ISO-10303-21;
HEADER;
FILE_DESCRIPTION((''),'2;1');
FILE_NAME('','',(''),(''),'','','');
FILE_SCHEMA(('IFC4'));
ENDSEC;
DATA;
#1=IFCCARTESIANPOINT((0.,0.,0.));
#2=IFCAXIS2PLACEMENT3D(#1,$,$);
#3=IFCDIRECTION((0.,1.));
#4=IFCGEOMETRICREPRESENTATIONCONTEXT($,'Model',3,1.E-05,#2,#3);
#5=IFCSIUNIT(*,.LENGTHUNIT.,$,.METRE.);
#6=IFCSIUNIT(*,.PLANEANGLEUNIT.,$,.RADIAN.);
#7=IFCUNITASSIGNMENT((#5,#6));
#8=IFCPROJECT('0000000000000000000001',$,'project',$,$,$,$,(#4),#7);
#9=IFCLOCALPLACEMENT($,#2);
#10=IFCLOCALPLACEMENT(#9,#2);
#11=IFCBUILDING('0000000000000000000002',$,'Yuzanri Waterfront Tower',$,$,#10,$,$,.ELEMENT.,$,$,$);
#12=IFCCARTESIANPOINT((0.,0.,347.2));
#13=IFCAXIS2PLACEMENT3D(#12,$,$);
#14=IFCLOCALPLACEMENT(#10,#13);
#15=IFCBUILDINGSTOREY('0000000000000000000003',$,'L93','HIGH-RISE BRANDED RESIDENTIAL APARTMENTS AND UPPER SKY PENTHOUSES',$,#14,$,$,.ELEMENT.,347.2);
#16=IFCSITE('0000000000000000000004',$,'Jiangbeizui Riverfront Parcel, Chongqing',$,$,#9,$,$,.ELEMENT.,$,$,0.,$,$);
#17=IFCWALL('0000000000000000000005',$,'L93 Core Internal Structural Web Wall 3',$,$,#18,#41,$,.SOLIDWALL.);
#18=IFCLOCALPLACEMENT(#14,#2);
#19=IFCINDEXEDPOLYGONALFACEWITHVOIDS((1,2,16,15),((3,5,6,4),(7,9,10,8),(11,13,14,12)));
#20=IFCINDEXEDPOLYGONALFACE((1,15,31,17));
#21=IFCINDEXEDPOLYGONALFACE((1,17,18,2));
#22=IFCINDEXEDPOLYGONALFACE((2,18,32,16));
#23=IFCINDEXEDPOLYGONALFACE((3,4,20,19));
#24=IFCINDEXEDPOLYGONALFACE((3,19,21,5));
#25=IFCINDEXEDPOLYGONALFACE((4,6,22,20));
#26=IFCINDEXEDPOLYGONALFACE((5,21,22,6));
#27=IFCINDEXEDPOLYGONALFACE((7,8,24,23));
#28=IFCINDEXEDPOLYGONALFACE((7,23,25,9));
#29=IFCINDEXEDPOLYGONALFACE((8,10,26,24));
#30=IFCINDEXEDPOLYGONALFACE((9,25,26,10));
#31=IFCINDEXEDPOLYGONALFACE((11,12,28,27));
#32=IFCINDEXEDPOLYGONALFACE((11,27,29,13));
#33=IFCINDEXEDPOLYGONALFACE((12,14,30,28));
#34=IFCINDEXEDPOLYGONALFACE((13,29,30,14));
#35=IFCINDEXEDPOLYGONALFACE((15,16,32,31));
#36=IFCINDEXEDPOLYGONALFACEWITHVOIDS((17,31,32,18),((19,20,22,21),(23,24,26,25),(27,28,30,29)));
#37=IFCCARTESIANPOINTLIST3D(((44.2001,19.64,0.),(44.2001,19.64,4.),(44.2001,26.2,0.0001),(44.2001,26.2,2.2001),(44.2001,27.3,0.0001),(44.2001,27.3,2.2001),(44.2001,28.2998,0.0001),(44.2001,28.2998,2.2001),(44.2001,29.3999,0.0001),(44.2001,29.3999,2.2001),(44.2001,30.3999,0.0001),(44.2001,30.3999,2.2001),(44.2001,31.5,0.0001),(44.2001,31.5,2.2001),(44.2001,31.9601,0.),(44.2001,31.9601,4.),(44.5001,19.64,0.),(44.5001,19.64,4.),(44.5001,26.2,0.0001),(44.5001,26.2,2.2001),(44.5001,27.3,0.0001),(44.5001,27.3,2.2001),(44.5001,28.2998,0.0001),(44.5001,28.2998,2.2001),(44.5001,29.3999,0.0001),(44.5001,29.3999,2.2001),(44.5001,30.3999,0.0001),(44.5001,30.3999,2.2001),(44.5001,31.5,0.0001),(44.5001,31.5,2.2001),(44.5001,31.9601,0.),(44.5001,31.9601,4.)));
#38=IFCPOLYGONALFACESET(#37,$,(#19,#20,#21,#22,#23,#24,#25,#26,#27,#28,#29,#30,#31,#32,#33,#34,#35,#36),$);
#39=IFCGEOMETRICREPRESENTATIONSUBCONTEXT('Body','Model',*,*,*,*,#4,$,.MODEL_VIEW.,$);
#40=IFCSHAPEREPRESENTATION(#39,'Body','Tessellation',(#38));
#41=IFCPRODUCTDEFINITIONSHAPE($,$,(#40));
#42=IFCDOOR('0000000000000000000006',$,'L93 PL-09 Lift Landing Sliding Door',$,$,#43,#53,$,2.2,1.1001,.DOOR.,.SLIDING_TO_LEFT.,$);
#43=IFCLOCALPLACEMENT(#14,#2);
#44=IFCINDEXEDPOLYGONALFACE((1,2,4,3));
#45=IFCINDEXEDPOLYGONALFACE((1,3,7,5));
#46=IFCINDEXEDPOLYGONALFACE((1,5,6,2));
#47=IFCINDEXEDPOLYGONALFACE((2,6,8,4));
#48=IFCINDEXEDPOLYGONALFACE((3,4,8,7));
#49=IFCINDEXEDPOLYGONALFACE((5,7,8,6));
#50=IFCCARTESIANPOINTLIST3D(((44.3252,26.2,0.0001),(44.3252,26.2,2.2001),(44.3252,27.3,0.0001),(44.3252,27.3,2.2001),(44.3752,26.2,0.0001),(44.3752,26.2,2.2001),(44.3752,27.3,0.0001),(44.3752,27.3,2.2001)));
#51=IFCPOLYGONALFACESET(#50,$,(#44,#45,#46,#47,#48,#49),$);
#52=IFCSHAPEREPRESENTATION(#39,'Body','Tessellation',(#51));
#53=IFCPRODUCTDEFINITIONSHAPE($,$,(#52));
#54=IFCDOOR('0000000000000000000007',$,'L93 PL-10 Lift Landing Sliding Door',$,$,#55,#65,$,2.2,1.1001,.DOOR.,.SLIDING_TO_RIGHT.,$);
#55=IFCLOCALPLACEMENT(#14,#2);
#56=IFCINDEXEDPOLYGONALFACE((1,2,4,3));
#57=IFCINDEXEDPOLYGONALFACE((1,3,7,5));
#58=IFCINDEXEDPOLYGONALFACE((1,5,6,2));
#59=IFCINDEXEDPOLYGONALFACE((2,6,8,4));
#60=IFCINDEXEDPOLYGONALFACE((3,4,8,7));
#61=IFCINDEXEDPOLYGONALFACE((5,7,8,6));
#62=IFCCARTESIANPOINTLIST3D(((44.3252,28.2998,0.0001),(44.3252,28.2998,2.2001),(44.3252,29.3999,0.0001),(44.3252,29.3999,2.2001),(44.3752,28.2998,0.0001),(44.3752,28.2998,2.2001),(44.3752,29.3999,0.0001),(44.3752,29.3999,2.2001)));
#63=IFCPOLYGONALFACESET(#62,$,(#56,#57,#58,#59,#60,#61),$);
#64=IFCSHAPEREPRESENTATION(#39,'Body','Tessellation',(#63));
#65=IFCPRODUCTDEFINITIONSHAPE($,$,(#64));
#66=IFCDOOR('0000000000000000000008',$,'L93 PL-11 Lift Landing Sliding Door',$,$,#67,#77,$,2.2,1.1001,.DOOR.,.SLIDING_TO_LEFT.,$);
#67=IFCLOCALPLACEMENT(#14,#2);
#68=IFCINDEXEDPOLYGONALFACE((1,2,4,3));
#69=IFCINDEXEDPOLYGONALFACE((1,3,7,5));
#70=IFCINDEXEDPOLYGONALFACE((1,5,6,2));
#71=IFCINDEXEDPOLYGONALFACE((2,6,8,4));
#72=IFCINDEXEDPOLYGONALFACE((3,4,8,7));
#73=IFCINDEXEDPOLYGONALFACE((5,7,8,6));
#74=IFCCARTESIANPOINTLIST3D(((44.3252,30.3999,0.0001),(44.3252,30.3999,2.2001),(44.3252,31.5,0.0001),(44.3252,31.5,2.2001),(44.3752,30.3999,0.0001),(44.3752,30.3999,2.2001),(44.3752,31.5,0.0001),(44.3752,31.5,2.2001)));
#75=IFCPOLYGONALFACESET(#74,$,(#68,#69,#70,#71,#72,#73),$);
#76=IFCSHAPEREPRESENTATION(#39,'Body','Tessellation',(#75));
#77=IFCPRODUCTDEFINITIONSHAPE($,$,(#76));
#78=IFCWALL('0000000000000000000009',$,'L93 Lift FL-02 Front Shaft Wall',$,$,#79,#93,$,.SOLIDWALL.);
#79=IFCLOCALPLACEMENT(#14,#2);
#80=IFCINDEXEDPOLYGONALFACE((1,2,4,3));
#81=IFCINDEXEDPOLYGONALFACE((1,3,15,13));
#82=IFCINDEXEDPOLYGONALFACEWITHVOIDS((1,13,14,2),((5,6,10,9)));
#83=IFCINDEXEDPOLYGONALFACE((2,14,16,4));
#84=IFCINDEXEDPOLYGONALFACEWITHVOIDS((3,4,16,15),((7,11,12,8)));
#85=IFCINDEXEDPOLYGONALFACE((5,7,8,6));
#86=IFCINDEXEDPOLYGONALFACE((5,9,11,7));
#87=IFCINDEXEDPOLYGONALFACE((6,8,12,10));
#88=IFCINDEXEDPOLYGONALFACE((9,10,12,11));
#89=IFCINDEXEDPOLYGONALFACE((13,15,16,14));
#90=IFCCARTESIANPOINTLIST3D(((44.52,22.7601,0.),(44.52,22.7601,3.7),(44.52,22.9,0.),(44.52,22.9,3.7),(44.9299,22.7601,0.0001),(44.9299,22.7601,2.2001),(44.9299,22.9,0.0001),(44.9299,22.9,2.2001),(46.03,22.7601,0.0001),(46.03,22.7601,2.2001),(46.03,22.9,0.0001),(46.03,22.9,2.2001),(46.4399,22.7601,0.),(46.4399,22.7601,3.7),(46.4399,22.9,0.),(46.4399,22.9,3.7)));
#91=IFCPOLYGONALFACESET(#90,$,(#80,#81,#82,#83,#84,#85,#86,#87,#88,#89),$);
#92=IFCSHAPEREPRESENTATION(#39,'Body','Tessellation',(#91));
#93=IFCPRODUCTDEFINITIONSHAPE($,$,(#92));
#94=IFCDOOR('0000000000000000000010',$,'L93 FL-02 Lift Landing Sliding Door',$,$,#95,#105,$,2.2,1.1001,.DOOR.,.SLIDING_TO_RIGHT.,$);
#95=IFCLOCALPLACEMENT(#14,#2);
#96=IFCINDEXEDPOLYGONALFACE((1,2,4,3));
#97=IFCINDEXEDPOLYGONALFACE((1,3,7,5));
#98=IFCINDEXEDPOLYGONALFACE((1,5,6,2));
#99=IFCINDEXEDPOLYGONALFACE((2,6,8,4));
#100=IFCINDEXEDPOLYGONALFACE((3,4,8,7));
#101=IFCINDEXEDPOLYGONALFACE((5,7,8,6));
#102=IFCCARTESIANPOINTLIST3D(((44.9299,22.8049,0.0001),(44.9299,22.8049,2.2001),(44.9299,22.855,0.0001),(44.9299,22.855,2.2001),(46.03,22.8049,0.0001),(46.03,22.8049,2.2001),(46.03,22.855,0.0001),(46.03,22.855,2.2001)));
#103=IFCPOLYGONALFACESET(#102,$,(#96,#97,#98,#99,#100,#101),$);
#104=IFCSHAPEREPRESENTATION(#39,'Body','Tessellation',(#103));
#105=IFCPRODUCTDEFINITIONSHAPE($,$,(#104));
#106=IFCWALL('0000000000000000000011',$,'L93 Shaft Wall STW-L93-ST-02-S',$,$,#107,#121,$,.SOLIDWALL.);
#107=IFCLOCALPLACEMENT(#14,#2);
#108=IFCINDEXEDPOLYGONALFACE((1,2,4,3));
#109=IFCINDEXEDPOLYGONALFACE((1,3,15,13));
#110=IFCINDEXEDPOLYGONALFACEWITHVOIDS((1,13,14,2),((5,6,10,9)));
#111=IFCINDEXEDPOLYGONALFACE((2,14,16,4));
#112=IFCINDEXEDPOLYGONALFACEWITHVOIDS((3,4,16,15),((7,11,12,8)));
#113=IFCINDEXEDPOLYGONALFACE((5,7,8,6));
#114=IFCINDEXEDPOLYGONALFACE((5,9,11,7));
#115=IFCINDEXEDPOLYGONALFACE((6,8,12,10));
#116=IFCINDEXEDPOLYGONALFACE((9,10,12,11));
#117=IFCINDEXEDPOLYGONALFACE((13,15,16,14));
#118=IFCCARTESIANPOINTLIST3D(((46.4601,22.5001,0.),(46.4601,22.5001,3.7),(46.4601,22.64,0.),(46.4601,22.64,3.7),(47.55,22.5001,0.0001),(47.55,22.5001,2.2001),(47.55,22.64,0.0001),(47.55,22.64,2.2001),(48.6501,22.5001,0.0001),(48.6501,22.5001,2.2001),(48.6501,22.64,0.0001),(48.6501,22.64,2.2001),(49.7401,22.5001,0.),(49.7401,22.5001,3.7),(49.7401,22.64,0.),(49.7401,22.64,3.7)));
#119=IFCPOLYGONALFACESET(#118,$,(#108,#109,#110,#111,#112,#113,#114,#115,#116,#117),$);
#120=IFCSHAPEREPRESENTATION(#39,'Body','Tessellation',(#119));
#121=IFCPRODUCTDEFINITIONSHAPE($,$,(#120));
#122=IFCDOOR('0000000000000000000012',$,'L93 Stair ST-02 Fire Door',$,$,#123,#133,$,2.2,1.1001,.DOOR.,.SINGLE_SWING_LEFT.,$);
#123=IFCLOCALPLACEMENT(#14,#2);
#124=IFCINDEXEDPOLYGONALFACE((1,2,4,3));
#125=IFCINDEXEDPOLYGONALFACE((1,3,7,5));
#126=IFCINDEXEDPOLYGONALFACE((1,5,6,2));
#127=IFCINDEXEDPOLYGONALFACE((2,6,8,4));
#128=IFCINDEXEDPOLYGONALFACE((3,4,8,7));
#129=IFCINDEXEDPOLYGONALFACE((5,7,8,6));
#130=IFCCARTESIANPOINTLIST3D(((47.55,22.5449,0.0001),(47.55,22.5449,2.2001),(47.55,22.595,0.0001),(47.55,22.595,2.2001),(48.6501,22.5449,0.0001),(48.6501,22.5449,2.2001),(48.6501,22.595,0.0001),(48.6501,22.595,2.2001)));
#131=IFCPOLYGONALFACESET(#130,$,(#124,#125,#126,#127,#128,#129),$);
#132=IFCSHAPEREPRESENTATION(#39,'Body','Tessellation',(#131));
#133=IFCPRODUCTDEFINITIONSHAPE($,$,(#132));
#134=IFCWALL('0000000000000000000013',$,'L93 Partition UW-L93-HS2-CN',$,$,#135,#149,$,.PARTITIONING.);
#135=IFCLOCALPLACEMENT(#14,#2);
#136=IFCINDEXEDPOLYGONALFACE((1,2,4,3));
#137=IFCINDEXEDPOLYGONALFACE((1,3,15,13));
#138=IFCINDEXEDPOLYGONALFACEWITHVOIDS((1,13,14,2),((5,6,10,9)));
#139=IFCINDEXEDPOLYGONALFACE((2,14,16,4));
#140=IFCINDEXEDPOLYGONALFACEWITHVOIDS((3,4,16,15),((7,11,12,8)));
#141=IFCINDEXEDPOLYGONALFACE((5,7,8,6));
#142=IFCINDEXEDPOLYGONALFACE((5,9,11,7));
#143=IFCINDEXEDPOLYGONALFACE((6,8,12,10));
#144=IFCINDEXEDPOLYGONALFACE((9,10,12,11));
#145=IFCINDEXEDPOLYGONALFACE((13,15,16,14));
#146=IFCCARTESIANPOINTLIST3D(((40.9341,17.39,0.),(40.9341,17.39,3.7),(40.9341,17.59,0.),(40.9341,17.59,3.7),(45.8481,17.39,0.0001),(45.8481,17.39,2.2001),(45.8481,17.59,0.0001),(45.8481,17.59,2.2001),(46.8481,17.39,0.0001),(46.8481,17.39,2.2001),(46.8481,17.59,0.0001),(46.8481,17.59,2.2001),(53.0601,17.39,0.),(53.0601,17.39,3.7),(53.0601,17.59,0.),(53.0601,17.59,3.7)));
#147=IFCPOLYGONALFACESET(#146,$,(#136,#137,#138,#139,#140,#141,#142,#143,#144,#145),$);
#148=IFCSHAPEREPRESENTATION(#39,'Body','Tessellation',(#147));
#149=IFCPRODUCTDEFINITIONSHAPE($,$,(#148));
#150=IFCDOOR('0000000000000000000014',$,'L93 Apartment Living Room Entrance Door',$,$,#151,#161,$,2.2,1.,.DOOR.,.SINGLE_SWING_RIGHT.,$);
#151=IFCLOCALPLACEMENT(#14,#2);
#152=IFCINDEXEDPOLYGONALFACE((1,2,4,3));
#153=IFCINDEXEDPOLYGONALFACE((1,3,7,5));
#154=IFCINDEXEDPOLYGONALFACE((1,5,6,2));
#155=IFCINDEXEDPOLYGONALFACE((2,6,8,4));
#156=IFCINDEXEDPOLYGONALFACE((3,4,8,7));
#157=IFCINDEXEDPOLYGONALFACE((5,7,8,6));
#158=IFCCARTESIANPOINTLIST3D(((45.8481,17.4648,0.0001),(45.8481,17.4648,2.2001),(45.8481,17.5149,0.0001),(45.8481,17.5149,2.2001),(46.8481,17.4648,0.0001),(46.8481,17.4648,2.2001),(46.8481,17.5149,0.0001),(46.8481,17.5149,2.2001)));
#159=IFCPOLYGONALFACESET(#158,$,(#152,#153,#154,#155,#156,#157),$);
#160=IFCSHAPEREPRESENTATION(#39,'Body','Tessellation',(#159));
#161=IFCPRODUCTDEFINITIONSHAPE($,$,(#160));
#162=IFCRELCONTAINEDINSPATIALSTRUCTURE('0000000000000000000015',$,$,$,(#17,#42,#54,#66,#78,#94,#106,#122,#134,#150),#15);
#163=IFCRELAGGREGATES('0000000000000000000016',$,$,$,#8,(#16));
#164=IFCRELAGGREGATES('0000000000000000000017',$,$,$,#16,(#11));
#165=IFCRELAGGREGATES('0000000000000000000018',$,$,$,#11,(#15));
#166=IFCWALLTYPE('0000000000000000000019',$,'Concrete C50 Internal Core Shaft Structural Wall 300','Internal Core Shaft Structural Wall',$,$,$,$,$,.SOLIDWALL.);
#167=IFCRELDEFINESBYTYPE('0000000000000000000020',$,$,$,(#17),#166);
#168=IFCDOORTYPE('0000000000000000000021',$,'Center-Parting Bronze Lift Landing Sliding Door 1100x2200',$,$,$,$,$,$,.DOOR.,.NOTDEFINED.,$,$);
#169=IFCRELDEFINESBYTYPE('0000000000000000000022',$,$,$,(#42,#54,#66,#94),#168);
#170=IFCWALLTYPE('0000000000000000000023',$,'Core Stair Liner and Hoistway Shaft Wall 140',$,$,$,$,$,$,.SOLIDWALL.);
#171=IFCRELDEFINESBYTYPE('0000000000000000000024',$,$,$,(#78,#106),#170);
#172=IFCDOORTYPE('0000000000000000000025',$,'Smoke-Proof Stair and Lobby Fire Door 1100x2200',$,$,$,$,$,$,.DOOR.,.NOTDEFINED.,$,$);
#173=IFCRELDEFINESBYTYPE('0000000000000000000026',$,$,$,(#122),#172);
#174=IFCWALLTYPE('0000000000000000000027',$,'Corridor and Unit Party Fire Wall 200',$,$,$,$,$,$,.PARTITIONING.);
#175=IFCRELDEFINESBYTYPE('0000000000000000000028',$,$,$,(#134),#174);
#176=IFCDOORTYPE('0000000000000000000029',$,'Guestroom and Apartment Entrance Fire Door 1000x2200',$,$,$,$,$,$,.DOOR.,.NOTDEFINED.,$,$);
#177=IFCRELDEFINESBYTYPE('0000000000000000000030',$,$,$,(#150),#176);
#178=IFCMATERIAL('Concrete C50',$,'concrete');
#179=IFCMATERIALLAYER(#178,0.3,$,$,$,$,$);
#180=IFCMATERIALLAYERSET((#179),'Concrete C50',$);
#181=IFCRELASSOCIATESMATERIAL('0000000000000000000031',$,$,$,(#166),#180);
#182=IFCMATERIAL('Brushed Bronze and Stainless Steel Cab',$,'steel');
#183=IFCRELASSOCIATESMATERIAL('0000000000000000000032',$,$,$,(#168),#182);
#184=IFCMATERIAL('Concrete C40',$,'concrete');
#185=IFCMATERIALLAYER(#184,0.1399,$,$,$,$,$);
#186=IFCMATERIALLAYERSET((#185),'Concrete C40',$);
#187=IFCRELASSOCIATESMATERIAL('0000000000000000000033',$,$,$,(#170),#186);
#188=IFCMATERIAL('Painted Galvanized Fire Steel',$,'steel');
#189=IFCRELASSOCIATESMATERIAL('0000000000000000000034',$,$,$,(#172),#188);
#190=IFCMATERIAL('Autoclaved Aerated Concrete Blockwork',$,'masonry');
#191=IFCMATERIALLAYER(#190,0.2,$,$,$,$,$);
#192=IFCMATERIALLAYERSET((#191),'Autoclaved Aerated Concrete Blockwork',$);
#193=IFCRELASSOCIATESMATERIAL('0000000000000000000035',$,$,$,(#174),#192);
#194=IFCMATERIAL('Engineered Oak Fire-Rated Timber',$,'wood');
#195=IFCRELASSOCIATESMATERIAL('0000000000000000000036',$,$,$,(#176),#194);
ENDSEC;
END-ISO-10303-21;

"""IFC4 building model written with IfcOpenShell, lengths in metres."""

from ifc_helpers import new_model, si_unit, direction, frame, frame_2d, origin, place, context, subcontext, project, spatial, rectangle, extrude, source, transform, mapped, material, layer, layer_set, type_object, element, fill, save


model = new_model("IFC4")

# Units and contexts
model_context = context("Model", 3, precision=1e-05, world=origin(), true_north=direction((0.0, 1.0)))
body_context = subcontext(model_context, "Body", "Model", "MODEL_VIEW")
ifc_project = project(units=[si_unit("LENGTHUNIT", "METRE"), si_unit("PLANEANGLEUNIT", "RADIAN")], contexts=[model_context])

# Site, building, storey
site_placement = place(None, origin())
site = spatial("IfcSite", under=ifc_project, at=site_placement, Name="Jiangbeizui Riverfront Parcel, Chongqing", CompositionType="ELEMENT", RefElevation=0.0)
building_placement = place(site_placement, origin())
building = spatial("IfcBuilding", under=site, at=building_placement, Name="Yuzanri Waterfront Tower", CompositionType="ELEMENT")
storey_placement = place(building_placement, frame((0.0, 0.0, 347.2)))
storey = spatial("IfcBuildingStorey", under=building, at=storey_placement, Name="L93", Description="HIGH-RISE BRANDED RESIDENTIAL APARTMENTS AND UPPER SKY PENTHOUSES", CompositionType="ELEMENT", Elevation=347.2)

# Wall, openings, doors
ifc_material_1 = material(Name="Concrete C50", Category="concrete")
ifc_layer_1 = layer(ifc_material_1, 0.3)
ifc_layer_set_1 = layer_set([ifc_layer_1], Name="Concrete C50")
wall_type_1 = type_object("IfcWallType", Name="Concrete C50 Internal Core Shaft Structural Wall 300", Description="Internal Core Shaft Structural Wall", PredefinedType="SOLIDWALL", material=ifc_layer_set_1)
wall_1_placement = place(storey_placement, frame((44.3501, 19.6399, 0.0), z_axis=(0.0, 0.0, 1.0), x_axis=(0.0, 1.0, 0.0)))
wall_1 = element("IfcWall", 1, at=wall_1_placement, inside=storey, type_object=wall_type_1, Name="L93 Core Internal Structural Web Wall 3", PredefinedType="SOLIDWALL", context=body_context, shape_type="SweptSolid", body=[
    extrude(rectangle(XDim=12.3201, YDim=0.3, at=frame_2d((6.1602, 0.0))), origin(), (0.0, 0.0, 1.0), 4.0),
])
opening_1_placement = place(wall_1_placement, frame((6.5601, 0.0, 0.0)))
opening_1 = element("IfcOpeningElement", 2, at=opening_1_placement, cuts=wall_1, PredefinedType="OPENING", context=body_context, shape_type="SweptSolid", body=[
    extrude(rectangle(XDim=1.1001, YDim=2.2, at=frame_2d((0.55, 1.1001))), frame((0.0, 0.165, 0.0), z_axis=(0.0, -1.0, 0.0), x_axis=(1.0, 0.0, 0.0)), (0.0, 0.0, 1.0), 0.3298),
])
opening_2_placement = place(wall_1_placement, frame((8.6599, 0.0, 0.0)))
opening_2 = element("IfcOpeningElement", 3, at=opening_2_placement, cuts=wall_1, PredefinedType="OPENING", context=body_context, shape_type="SweptSolid", body=[
    extrude(rectangle(XDim=1.1001, YDim=2.2, at=frame_2d((0.55, 1.1001))), frame((0.0, 0.165, 0.0), z_axis=(0.0, -1.0, 0.0), x_axis=(1.0, 0.0, 0.0)), (0.0, 0.0, 1.0), 0.3298),
])
opening_3_placement = place(wall_1_placement, frame((10.76, 0.0, 0.0)))
opening_3 = element("IfcOpeningElement", 4, at=opening_3_placement, cuts=wall_1, PredefinedType="OPENING", context=body_context, shape_type="SweptSolid", body=[
    extrude(rectangle(XDim=1.1001, YDim=2.2, at=frame_2d((0.55, 1.1001))), frame((0.0, 0.165, 0.0), z_axis=(0.0, -1.0, 0.0), x_axis=(1.0, 0.0, 0.0)), (0.0, 0.0, 1.0), 0.3298),
])
ifc_material_2 = material(Name="Brushed Bronze and Stainless Steel Cab", Category="steel")
door_type_1 = type_object("IfcDoorType", Name="Center-Parting Bronze Lift Landing Sliding Door 1100x2200", OperationType="NOTDEFINED", PredefinedType="DOOR", material=ifc_material_2)
shared_shape_1 = source(origin(), body_context, "Body", "SweptSolid", [
    extrude(rectangle(XDim=1.1001, YDim=2.2, at=frame_2d((0.55, 1.1001))), frame((0.0, 0.0249, 0.0), z_axis=(0.0, -1.0, 0.0), x_axis=(1.0, 0.0, 0.0)), (0.0, 0.0, 1.0), 0.05),
])
door_1_placement = place(opening_1_placement, origin())
door_1 = element("IfcDoor", 5, at=door_1_placement, inside=storey, type_object=door_type_1, Name="L93 PL-09 Lift Landing Sliding Door", OperationType="SLIDING_TO_LEFT", OverallHeight=2.2, OverallWidth=1.1001, PredefinedType="DOOR", context=body_context, shape_type="MappedRepresentation", body=[
    mapped(shared_shape_1, transform((0.0, 0.0, 0.0), scale=1.0)),
])
fill(opening_1, door_1)
door_2_placement = place(opening_2_placement, origin())
door_2 = element("IfcDoor", 6, at=door_2_placement, inside=storey, type_object=door_type_1, Name="L93 PL-10 Lift Landing Sliding Door", OperationType="SLIDING_TO_RIGHT", OverallHeight=2.2, OverallWidth=1.1001, PredefinedType="DOOR", context=body_context, shape_type="MappedRepresentation", body=[
    mapped(shared_shape_1, transform((0.0, 0.0, 0.0), scale=1.0)),
])
fill(opening_2, door_2)
door_3_placement = place(opening_3_placement, origin())
door_3 = element("IfcDoor", 7, at=door_3_placement, inside=storey, type_object=door_type_1, Name="L93 PL-11 Lift Landing Sliding Door", OperationType="SLIDING_TO_LEFT", OverallHeight=2.2, OverallWidth=1.1001, PredefinedType="DOOR", context=body_context, shape_type="MappedRepresentation", body=[
    mapped(shared_shape_1, transform((0.0, 0.0, 0.0), scale=1.0)),
])
fill(opening_3, door_3)

# Walls, openings, doors
ifc_material_3 = material(Name="Concrete C40", Category="concrete")
ifc_layer_2 = layer(ifc_material_3, 0.1399)
ifc_layer_set_2 = layer_set([ifc_layer_2], Name="Concrete C40")
wall_type_2 = type_object("IfcWallType", Name="Core Stair Liner and Hoistway Shaft Wall 140", PredefinedType="SOLIDWALL", material=ifc_layer_set_2)
wall_2_placement = place(storey_placement, frame((44.52, 22.8301, 0.0), z_axis=(0.0, 0.0, 1.0), x_axis=(1.0, 0.0, 0.0)))
wall_2 = element("IfcWall", 8, at=wall_2_placement, inside=storey, type_object=wall_type_2, Name="L93 Lift FL-02 Front Shaft Wall", PredefinedType="SOLIDWALL", context=body_context, shape_type="SweptSolid", body=[
    extrude(rectangle(XDim=1.9199, YDim=0.1399, at=frame_2d((0.96, 0.0))), origin(), (0.0, 0.0, 1.0), 3.7),
])
opening_4_placement = place(wall_2_placement, frame((0.4099, 0.0, 0.0)))
opening_4 = element("IfcOpeningElement", 9, at=opening_4_placement, cuts=wall_2, PredefinedType="OPENING", context=body_context, shape_type="SweptSolid", body=[
    extrude(rectangle(XDim=1.1001, YDim=2.2, at=frame_2d((0.55, 1.1001))), frame((0.0, 0.085, 0.0), z_axis=(0.0, -1.0, 0.0), x_axis=(1.0, 0.0, 0.0)), (0.0, 0.0, 1.0), 0.1697),
])
door_4_placement = place(opening_4_placement, origin())
door_4 = element("IfcDoor", 10, at=door_4_placement, inside=storey, type_object=door_type_1, Name="L93 FL-02 Lift Landing Sliding Door", OperationType="SLIDING_TO_RIGHT", OverallHeight=2.2, OverallWidth=1.1001, PredefinedType="DOOR", context=body_context, shape_type="MappedRepresentation", body=[
    mapped(shared_shape_1, transform((0.0, 0.0, 0.0), scale=1.0)),
])
fill(opening_4, door_4)
wall_3_placement = place(storey_placement, frame((46.46, 22.5701, 0.0), z_axis=(0.0, 0.0, 1.0), x_axis=(1.0, 0.0, 0.0)))
wall_3 = element("IfcWall", 11, at=wall_3_placement, inside=storey, type_object=wall_type_2, Name="L93 Shaft Wall STW-L93-ST-02-S", PredefinedType="SOLIDWALL", context=body_context, shape_type="SweptSolid", body=[
    extrude(rectangle(XDim=3.28, YDim=0.1399, at=frame_2d((1.6401, 0.0))), origin(), (0.0, 0.0, 1.0), 3.7),
])
opening_5_placement = place(wall_3_placement, frame((1.0901, 0.0, 0.0)))
opening_5 = element("IfcOpeningElement", 12, at=opening_5_placement, cuts=wall_3, PredefinedType="OPENING", context=body_context, shape_type="SweptSolid", body=[
    extrude(rectangle(XDim=1.1001, YDim=2.2, at=frame_2d((0.55, 1.1001))), frame((0.0, 0.085, 0.0), z_axis=(0.0, -1.0, 0.0), x_axis=(1.0, 0.0, 0.0)), (0.0, 0.0, 1.0), 0.1697),
])
ifc_material_4 = material(Name="Painted Galvanized Fire Steel", Category="steel")
door_type_2 = type_object("IfcDoorType", Name="Smoke-Proof Stair and Lobby Fire Door 1100x2200", OperationType="NOTDEFINED", PredefinedType="DOOR", material=ifc_material_4)
shared_shape_2 = source(origin(), body_context, "Body", "SweptSolid", [
    extrude(rectangle(XDim=1.1001, YDim=2.2, at=frame_2d((0.55, 1.1001))), frame((0.0, 0.0249, 0.0), z_axis=(0.0, -1.0, 0.0), x_axis=(1.0, 0.0, 0.0)), (0.0, 0.0, 1.0), 0.05),
])
door_5_placement = place(opening_5_placement, origin())
door_5 = element("IfcDoor", 13, at=door_5_placement, inside=storey, type_object=door_type_2, Name="L93 Stair ST-02 Fire Door", OperationType="SINGLE_SWING_LEFT", OverallHeight=2.2, OverallWidth=1.1001, PredefinedType="DOOR", context=body_context, shape_type="MappedRepresentation", body=[
    mapped(shared_shape_2, transform((0.0, 0.0, 0.0), scale=1.0)),
])
fill(opening_5, door_5)
ifc_material_5 = material(Name="Autoclaved Aerated Concrete Blockwork", Category="masonry")
ifc_layer_3 = layer(ifc_material_5, 0.2)
ifc_layer_set_3 = layer_set([ifc_layer_3], Name="Autoclaved Aerated Concrete Blockwork")
wall_type_3 = type_object("IfcWallType", Name="Corridor and Unit Party Fire Wall 200", PredefinedType="PARTITIONING", material=ifc_layer_set_3)
wall_4_placement = place(storey_placement, frame((40.9341, 17.49, 0.0), z_axis=(0.0, 0.0, 1.0), x_axis=(1.0, 0.0, 0.0)))
wall_4 = element("IfcWall", 14, at=wall_4_placement, inside=storey, type_object=wall_type_3, Name="L93 Partition UW-L93-HS2-CN", PredefinedType="PARTITIONING", context=body_context, shape_type="SweptSolid", body=[
    extrude(rectangle(XDim=12.126, YDim=0.2, at=frame_2d((6.063, 0.0))), origin(), (0.0, 0.0, 1.0), 3.7),
])
opening_6_placement = place(wall_4_placement, frame((4.9141, 0.0, 0.0)))
opening_6 = element("IfcOpeningElement", 15, at=opening_6_placement, cuts=wall_4, PredefinedType="OPENING", context=body_context, shape_type="SweptSolid", body=[
    extrude(rectangle(XDim=1.0, YDim=2.2, at=frame_2d((0.5, 1.1001))), frame((0.0, 0.1147, 0.0), z_axis=(0.0, -1.0, 0.0), x_axis=(1.0, 0.0, 0.0)), (0.0, 0.0, 1.0), 0.2297),
])
ifc_material_6 = material(Name="Engineered Oak Fire-Rated Timber", Category="wood")
door_type_3 = type_object("IfcDoorType", Name="Guestroom and Apartment Entrance Fire Door 1000x2200", OperationType="NOTDEFINED", PredefinedType="DOOR", material=ifc_material_6)
shared_shape_3 = source(origin(), body_context, "Body", "SweptSolid", [
    extrude(rectangle(XDim=1.0, YDim=2.2, at=frame_2d((0.5, 1.1001))), frame((0.0, 0.0249, 0.0), z_axis=(0.0, -1.0, 0.0), x_axis=(1.0, 0.0, 0.0)), (0.0, 0.0, 1.0), 0.05),
])
door_6_placement = place(opening_6_placement, origin())
door_6 = element("IfcDoor", 16, at=door_6_placement, inside=storey, type_object=door_type_3, Name="L93 Apartment Living Room Entrance Door", OperationType="SINGLE_SWING_RIGHT", OverallHeight=2.2, OverallWidth=1.0, PredefinedType="DOOR", context=body_context, shape_type="MappedRepresentation", body=[
    mapped(shared_shape_3, transform((0.0, 0.0, 0.0), scale=1.0)),
])
fill(opening_6, door_6)

save(model, "model.ifc")
